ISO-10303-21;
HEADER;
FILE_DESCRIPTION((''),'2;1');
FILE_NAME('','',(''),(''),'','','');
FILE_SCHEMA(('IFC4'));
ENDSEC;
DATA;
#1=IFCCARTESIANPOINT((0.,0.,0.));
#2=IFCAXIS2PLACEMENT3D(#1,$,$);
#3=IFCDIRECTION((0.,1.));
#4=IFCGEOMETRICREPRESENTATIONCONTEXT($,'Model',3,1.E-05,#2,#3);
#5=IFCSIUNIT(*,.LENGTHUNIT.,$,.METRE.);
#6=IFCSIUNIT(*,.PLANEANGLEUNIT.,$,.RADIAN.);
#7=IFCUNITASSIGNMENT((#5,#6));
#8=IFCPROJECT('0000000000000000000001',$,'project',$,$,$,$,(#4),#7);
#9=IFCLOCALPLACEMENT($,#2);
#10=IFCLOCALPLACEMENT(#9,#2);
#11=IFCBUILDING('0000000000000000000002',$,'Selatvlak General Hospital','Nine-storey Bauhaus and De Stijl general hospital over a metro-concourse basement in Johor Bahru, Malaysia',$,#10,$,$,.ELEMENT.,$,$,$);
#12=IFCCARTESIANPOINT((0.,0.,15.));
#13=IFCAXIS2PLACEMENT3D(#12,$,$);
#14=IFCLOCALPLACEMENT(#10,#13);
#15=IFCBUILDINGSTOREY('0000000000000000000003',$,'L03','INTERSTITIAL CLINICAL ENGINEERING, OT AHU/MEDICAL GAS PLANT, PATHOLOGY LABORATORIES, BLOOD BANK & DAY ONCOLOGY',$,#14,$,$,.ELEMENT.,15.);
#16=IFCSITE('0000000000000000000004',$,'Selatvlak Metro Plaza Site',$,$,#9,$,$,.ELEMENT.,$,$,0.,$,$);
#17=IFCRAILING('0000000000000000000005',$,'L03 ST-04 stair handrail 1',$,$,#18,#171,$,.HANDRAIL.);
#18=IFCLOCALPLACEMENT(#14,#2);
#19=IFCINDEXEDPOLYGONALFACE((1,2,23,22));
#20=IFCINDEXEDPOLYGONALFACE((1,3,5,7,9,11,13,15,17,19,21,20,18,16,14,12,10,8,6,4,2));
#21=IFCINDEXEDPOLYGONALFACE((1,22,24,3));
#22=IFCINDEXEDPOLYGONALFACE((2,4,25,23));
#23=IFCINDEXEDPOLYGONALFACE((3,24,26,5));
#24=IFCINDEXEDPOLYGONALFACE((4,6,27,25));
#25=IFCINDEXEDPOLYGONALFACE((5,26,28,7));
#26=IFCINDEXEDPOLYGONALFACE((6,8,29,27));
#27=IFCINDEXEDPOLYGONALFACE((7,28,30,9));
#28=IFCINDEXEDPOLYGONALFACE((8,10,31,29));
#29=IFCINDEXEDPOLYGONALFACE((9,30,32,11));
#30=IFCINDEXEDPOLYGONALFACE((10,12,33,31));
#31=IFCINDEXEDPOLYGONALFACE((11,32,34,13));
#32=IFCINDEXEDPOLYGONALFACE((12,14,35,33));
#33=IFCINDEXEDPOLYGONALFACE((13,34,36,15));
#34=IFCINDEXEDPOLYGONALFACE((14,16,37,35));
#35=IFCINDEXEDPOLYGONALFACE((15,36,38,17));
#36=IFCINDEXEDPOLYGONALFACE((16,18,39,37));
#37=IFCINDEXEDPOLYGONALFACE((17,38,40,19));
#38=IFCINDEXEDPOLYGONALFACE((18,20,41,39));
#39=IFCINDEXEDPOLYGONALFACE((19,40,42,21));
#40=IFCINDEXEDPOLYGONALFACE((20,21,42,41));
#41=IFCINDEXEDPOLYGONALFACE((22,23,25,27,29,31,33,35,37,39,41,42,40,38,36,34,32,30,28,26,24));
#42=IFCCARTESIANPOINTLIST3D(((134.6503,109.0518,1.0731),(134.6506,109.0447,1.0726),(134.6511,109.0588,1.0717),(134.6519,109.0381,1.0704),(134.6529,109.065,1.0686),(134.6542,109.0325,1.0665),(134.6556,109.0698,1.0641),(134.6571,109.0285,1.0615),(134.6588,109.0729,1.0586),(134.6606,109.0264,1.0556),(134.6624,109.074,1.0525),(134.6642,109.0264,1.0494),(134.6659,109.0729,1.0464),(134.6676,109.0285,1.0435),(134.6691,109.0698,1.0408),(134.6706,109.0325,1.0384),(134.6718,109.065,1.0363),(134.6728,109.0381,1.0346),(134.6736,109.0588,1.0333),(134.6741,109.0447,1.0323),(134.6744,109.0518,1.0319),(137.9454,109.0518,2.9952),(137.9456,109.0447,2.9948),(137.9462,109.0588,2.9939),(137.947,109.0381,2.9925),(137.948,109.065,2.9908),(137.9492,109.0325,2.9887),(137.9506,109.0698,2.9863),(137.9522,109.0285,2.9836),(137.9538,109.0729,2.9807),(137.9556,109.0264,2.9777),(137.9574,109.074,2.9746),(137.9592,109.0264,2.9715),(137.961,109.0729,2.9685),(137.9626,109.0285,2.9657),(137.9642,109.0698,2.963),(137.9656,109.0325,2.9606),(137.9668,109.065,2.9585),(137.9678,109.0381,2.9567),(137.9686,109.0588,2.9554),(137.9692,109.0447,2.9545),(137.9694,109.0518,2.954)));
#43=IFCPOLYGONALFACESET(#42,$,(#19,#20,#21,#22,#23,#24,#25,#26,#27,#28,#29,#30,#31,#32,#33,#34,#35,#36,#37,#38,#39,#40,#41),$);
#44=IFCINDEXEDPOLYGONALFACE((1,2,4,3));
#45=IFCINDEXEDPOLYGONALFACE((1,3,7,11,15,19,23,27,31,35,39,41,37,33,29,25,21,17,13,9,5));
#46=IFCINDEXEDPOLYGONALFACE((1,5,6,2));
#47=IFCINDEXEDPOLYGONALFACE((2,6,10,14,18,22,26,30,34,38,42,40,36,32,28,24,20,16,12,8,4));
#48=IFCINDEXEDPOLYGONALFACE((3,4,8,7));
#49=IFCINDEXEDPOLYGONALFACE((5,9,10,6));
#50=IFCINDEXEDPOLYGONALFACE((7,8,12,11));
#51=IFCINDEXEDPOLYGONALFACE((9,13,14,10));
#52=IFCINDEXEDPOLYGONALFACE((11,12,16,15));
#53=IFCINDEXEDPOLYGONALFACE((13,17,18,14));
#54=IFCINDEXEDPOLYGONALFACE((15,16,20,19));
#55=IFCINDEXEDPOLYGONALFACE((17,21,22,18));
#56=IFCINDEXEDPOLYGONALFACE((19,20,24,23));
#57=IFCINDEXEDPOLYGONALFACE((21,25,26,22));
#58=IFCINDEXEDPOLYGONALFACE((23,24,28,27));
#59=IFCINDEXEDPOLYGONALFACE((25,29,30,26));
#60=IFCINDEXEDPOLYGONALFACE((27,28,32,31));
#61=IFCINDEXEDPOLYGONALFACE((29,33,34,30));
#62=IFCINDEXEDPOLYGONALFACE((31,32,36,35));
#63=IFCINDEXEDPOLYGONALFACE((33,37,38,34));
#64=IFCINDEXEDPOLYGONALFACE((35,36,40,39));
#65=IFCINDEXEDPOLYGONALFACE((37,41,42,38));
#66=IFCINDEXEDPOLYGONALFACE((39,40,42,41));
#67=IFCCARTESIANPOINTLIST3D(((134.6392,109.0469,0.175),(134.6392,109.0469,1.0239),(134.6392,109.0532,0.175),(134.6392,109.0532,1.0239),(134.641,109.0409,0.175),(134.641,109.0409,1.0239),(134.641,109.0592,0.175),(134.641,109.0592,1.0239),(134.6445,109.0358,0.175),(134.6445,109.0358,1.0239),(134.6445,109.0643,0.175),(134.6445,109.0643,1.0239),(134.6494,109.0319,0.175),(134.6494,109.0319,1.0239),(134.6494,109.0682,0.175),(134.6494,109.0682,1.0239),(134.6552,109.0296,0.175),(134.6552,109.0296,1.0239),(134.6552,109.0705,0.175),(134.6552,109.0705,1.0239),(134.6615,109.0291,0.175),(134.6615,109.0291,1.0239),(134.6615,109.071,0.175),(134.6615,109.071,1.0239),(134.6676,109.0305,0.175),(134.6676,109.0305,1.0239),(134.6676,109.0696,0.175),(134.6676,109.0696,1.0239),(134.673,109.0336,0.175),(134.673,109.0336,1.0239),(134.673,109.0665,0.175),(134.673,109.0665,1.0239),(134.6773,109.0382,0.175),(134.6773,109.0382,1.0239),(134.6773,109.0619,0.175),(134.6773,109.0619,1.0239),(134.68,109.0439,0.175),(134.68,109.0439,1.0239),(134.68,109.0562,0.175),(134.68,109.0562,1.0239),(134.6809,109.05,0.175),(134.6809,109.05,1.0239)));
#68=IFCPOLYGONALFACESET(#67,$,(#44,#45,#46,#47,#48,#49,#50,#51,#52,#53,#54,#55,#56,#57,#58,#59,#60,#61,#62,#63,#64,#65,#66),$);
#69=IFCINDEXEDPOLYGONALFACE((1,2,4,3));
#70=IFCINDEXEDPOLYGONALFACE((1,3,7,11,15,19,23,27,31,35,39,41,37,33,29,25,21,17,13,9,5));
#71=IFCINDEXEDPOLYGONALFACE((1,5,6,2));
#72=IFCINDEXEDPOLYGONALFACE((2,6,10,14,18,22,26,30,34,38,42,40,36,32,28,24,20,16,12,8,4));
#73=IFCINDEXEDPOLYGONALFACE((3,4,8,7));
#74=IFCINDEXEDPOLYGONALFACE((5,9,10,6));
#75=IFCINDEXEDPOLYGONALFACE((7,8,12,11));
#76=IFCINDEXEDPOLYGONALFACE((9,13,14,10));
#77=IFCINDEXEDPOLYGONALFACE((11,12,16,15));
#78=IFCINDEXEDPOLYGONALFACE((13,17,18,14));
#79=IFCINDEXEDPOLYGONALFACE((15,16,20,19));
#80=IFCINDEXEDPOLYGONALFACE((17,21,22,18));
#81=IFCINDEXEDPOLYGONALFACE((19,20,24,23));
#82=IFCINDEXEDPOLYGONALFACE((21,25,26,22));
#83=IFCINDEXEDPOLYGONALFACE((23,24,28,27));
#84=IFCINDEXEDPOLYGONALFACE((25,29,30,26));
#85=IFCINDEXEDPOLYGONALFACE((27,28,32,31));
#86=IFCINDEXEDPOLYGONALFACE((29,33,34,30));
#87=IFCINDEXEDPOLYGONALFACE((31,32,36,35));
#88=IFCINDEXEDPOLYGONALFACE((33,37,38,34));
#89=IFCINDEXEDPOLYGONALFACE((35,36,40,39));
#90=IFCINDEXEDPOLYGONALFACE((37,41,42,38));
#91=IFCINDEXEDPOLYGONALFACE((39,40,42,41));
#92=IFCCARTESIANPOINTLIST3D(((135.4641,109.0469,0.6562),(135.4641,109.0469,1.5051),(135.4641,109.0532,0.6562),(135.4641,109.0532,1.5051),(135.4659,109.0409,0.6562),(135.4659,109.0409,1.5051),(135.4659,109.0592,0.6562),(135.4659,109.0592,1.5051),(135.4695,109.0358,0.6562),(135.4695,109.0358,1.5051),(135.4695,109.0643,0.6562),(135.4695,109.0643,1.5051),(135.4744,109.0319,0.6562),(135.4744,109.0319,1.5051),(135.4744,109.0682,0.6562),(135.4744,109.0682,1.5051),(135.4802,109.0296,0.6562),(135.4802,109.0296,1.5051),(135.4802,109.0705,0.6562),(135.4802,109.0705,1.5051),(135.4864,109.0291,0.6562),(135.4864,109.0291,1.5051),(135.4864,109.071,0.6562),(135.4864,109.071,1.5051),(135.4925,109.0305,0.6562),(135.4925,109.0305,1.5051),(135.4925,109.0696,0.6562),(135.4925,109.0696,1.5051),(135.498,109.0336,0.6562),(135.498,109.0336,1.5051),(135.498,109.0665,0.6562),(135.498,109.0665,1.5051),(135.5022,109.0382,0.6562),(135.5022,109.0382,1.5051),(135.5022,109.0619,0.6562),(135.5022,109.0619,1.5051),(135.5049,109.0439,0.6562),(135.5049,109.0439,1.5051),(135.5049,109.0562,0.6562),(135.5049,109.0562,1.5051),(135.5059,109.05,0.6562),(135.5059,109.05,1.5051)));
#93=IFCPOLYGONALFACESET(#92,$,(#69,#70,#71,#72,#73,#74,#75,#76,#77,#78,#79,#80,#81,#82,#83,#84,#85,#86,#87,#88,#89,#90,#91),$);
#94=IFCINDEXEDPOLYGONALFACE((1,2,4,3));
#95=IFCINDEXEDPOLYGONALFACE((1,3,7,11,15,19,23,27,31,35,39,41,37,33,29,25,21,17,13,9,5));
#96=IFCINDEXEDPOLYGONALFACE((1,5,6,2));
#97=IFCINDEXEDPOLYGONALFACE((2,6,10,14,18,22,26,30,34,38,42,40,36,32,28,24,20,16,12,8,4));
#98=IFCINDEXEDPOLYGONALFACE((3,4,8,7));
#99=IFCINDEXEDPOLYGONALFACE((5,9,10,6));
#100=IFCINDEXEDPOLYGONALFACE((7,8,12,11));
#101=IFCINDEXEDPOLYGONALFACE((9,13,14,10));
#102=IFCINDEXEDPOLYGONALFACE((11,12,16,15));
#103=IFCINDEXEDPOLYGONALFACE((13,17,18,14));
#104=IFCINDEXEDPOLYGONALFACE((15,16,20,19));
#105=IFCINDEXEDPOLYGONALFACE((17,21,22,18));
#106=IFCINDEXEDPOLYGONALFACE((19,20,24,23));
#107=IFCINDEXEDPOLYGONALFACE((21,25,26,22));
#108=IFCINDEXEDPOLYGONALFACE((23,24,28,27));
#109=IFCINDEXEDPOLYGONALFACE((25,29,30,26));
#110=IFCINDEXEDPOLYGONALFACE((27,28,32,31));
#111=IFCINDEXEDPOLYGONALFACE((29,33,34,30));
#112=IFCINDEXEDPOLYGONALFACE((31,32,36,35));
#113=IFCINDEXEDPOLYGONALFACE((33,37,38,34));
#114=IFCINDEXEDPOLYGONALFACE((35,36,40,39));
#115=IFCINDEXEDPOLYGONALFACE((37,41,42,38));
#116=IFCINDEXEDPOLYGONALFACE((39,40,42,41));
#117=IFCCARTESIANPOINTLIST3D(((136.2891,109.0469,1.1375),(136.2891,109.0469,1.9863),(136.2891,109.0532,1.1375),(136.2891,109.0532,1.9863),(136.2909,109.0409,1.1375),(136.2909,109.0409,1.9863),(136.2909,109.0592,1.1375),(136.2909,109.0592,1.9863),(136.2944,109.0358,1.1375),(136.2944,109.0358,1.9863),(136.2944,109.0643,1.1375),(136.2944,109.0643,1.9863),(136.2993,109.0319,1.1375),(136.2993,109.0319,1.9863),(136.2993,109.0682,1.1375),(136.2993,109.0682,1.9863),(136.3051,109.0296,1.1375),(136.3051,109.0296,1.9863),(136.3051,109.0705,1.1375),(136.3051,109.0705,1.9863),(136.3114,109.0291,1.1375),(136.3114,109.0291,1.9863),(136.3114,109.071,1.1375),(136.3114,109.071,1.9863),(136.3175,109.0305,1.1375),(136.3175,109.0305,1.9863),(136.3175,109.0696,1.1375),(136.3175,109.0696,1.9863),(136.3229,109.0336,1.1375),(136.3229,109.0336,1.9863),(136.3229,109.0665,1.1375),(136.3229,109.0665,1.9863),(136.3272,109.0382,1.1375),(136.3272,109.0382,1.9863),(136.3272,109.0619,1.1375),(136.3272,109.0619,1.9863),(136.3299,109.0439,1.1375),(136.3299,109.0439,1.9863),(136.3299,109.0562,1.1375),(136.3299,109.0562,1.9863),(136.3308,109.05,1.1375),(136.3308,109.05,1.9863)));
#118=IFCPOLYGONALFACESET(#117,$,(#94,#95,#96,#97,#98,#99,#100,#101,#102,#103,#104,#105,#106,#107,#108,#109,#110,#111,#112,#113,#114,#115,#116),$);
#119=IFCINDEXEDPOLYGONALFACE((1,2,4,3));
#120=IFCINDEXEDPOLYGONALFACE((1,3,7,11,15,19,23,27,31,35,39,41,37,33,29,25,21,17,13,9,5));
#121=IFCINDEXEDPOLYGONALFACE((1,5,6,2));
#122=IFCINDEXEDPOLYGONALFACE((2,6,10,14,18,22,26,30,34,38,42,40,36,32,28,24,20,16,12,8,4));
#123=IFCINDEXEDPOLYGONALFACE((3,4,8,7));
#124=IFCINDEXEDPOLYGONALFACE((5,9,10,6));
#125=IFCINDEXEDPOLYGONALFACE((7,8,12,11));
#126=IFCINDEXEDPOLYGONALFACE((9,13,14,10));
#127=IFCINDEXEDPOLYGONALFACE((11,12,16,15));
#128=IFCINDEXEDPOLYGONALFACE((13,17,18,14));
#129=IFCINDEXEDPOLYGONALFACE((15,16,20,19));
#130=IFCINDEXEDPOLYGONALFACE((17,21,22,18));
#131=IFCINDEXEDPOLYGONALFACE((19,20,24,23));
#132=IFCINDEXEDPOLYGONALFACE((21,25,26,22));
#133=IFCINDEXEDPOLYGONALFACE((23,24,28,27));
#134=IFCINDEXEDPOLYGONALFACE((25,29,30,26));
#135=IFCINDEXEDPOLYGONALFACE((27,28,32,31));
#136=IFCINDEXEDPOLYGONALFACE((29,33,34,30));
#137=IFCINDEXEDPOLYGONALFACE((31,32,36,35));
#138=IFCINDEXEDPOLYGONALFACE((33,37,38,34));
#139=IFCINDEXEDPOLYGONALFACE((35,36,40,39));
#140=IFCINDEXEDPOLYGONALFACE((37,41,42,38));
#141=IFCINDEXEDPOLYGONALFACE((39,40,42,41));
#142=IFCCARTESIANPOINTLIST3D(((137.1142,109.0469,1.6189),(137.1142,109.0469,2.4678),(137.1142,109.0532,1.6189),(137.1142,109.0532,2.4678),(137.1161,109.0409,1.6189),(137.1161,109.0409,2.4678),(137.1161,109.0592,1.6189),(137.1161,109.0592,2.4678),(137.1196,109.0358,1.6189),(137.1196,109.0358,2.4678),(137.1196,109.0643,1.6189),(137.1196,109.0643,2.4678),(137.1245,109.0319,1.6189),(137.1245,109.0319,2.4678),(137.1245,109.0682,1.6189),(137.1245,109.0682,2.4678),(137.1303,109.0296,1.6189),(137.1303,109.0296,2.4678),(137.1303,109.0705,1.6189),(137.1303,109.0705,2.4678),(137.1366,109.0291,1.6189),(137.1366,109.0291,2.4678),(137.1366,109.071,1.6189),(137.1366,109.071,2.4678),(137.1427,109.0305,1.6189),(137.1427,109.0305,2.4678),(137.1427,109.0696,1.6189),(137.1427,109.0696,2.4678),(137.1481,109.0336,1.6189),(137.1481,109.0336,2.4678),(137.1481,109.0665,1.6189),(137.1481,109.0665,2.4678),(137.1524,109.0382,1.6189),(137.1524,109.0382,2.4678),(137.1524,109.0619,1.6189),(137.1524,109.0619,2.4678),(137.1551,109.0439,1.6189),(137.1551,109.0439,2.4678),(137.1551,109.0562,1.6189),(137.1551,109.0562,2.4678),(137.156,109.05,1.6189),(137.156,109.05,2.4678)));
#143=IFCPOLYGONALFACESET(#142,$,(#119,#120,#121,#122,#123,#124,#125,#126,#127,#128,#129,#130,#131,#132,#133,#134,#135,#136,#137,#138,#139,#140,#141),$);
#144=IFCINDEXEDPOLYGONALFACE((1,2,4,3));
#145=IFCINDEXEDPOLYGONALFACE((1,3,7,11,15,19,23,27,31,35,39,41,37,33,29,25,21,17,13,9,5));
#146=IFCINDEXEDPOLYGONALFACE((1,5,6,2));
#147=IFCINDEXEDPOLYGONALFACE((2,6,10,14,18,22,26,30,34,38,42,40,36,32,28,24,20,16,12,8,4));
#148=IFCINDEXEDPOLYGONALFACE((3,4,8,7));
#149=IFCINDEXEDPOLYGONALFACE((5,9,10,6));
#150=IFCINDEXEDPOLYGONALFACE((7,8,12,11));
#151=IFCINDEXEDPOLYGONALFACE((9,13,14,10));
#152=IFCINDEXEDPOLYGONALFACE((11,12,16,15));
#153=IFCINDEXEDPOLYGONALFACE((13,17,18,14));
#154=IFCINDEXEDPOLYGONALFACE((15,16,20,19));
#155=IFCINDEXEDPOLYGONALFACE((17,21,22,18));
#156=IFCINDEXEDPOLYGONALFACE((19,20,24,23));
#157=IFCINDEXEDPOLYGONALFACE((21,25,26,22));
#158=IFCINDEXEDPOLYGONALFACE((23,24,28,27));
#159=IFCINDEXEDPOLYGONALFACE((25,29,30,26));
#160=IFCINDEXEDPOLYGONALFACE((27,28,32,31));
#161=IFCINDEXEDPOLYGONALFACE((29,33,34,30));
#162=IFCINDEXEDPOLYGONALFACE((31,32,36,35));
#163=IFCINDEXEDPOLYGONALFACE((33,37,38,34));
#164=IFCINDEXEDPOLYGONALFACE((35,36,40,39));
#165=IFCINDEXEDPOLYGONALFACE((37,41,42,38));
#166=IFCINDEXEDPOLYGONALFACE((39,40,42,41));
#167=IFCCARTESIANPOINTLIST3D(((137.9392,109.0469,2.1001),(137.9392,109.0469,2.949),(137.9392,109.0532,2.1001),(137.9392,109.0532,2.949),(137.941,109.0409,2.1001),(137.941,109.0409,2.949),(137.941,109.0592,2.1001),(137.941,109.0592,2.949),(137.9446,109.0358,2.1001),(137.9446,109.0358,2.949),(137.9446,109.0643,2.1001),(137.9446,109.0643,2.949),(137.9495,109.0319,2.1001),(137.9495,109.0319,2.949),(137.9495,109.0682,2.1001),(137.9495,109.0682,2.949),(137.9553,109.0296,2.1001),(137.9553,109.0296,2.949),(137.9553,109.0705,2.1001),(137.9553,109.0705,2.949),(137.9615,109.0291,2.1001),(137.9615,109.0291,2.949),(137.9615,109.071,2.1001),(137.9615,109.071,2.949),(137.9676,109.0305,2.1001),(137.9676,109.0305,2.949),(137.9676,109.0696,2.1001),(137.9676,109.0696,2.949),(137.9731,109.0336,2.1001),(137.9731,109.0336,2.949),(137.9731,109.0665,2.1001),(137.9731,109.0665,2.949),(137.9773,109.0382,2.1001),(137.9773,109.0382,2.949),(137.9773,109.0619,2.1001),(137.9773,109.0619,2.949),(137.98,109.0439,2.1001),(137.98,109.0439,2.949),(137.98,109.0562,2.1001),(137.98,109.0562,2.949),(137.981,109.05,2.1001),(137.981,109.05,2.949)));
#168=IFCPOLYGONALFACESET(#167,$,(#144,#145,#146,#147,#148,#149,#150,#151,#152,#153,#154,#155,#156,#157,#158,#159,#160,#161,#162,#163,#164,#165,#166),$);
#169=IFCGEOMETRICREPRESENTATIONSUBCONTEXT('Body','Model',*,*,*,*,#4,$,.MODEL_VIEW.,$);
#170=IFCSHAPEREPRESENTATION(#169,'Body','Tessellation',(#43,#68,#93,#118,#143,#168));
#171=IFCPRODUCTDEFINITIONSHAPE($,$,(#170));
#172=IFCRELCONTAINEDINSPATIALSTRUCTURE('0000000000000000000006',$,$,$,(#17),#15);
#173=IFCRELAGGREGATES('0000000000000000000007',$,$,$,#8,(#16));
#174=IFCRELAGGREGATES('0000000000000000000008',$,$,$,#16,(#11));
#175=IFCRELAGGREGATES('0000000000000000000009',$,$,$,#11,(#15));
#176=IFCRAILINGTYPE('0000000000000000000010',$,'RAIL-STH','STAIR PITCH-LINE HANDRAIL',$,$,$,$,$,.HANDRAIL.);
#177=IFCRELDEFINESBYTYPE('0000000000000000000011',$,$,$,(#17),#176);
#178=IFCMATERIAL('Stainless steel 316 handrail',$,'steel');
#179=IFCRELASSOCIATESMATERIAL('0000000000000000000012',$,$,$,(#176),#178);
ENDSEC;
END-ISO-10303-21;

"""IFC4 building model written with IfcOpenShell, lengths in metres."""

from ifc_helpers import new_model, si_unit, direction, frame, origin, origin_2d, place, context, subcontext, project, spatial, circle, extrude, material, type_object, element, save


model = new_model("IFC4")

# Units and contexts
model_context = context("Model", 3, precision=1e-05, world=origin(), true_north=direction((0.0, 1.0)))
body_context = subcontext(model_context, "Body", "Model", "MODEL_VIEW")
ifc_project = project(units=[si_unit("LENGTHUNIT", "METRE"), si_unit("PLANEANGLEUNIT", "RADIAN")], contexts=[model_context])

# Site, building, storey
site_placement = place(None, origin())
site = spatial("IfcSite", under=ifc_project, at=site_placement, Name="Selatvlak Metro Plaza Site", CompositionType="ELEMENT", RefElevation=0.0)
building_placement = place(site_placement, origin())
building = spatial("IfcBuilding", under=site, at=building_placement, Name="Selatvlak General Hospital", Description="Nine-storey Bauhaus and De Stijl general hospital over a metro-concourse basement in Johor Bahru, Malaysia", CompositionType="ELEMENT")
storey_placement = place(building_placement, frame((0.0, 0.0, 15.0)))
storey = spatial("IfcBuildingStorey", under=building, at=storey_placement, Name="L03", Description="INTERSTITIAL CLINICAL ENGINEERING, OT AHU/MEDICAL GAS PLANT, PATHOLOGY LABORATORIES, BLOOD BANK & DAY ONCOLOGY", CompositionType="ELEMENT", Elevation=15.0)

# Railing
ifc_material_1 = material(Name="Stainless steel 316 handrail", Category="steel")
railing_type = type_object("IfcRailingType", Name="RAIL-STH", Description="STAIR PITCH-LINE HANDRAIL", PredefinedType="HANDRAIL", material=ifc_material_1)
railing_placement = place(storey_placement, frame((134.6599, 109.05, 0.175)))
element("IfcRailing", 1, at=railing_placement, inside=storey, type_object=railing_type, Name="L03 ST-04 stair handrail 1", PredefinedType="HANDRAIL", context=body_context, shape_type="SweptSolid", body=[
    extrude(circle(Radius=0.0239, at=origin_2d()), frame((0.0024, 0.0, 0.8774), z_axis=(0.863777, 0.0, 0.503875), x_axis=(0.0, 1.0, 0.0)), (0.0, 0.0, 1.0), 3.8147),
    extrude(circle(Radius=0.021, at=origin_2d()), origin(), (0.0, 0.0, 1.0), 0.8489),
    extrude(circle(Radius=0.021, at=origin_2d()), frame((0.825, 0.0, 0.4812)), (0.0, 0.0, 1.0), 0.8489),
    extrude(circle(Radius=0.021, at=origin_2d()), frame((1.6499, 0.0, 0.9624)), (0.0, 0.0, 1.0), 0.8489),
    extrude(circle(Radius=0.021, at=origin_2d()), frame((2.4751, 0.0, 1.4438)), (0.0, 0.0, 1.0), 0.8489),
    extrude(circle(Radius=0.021, at=origin_2d()), frame((3.3, 0.0, 1.925)), (0.0, 0.0, 1.0), 0.8489),
])

save(model, "model.ifc")
